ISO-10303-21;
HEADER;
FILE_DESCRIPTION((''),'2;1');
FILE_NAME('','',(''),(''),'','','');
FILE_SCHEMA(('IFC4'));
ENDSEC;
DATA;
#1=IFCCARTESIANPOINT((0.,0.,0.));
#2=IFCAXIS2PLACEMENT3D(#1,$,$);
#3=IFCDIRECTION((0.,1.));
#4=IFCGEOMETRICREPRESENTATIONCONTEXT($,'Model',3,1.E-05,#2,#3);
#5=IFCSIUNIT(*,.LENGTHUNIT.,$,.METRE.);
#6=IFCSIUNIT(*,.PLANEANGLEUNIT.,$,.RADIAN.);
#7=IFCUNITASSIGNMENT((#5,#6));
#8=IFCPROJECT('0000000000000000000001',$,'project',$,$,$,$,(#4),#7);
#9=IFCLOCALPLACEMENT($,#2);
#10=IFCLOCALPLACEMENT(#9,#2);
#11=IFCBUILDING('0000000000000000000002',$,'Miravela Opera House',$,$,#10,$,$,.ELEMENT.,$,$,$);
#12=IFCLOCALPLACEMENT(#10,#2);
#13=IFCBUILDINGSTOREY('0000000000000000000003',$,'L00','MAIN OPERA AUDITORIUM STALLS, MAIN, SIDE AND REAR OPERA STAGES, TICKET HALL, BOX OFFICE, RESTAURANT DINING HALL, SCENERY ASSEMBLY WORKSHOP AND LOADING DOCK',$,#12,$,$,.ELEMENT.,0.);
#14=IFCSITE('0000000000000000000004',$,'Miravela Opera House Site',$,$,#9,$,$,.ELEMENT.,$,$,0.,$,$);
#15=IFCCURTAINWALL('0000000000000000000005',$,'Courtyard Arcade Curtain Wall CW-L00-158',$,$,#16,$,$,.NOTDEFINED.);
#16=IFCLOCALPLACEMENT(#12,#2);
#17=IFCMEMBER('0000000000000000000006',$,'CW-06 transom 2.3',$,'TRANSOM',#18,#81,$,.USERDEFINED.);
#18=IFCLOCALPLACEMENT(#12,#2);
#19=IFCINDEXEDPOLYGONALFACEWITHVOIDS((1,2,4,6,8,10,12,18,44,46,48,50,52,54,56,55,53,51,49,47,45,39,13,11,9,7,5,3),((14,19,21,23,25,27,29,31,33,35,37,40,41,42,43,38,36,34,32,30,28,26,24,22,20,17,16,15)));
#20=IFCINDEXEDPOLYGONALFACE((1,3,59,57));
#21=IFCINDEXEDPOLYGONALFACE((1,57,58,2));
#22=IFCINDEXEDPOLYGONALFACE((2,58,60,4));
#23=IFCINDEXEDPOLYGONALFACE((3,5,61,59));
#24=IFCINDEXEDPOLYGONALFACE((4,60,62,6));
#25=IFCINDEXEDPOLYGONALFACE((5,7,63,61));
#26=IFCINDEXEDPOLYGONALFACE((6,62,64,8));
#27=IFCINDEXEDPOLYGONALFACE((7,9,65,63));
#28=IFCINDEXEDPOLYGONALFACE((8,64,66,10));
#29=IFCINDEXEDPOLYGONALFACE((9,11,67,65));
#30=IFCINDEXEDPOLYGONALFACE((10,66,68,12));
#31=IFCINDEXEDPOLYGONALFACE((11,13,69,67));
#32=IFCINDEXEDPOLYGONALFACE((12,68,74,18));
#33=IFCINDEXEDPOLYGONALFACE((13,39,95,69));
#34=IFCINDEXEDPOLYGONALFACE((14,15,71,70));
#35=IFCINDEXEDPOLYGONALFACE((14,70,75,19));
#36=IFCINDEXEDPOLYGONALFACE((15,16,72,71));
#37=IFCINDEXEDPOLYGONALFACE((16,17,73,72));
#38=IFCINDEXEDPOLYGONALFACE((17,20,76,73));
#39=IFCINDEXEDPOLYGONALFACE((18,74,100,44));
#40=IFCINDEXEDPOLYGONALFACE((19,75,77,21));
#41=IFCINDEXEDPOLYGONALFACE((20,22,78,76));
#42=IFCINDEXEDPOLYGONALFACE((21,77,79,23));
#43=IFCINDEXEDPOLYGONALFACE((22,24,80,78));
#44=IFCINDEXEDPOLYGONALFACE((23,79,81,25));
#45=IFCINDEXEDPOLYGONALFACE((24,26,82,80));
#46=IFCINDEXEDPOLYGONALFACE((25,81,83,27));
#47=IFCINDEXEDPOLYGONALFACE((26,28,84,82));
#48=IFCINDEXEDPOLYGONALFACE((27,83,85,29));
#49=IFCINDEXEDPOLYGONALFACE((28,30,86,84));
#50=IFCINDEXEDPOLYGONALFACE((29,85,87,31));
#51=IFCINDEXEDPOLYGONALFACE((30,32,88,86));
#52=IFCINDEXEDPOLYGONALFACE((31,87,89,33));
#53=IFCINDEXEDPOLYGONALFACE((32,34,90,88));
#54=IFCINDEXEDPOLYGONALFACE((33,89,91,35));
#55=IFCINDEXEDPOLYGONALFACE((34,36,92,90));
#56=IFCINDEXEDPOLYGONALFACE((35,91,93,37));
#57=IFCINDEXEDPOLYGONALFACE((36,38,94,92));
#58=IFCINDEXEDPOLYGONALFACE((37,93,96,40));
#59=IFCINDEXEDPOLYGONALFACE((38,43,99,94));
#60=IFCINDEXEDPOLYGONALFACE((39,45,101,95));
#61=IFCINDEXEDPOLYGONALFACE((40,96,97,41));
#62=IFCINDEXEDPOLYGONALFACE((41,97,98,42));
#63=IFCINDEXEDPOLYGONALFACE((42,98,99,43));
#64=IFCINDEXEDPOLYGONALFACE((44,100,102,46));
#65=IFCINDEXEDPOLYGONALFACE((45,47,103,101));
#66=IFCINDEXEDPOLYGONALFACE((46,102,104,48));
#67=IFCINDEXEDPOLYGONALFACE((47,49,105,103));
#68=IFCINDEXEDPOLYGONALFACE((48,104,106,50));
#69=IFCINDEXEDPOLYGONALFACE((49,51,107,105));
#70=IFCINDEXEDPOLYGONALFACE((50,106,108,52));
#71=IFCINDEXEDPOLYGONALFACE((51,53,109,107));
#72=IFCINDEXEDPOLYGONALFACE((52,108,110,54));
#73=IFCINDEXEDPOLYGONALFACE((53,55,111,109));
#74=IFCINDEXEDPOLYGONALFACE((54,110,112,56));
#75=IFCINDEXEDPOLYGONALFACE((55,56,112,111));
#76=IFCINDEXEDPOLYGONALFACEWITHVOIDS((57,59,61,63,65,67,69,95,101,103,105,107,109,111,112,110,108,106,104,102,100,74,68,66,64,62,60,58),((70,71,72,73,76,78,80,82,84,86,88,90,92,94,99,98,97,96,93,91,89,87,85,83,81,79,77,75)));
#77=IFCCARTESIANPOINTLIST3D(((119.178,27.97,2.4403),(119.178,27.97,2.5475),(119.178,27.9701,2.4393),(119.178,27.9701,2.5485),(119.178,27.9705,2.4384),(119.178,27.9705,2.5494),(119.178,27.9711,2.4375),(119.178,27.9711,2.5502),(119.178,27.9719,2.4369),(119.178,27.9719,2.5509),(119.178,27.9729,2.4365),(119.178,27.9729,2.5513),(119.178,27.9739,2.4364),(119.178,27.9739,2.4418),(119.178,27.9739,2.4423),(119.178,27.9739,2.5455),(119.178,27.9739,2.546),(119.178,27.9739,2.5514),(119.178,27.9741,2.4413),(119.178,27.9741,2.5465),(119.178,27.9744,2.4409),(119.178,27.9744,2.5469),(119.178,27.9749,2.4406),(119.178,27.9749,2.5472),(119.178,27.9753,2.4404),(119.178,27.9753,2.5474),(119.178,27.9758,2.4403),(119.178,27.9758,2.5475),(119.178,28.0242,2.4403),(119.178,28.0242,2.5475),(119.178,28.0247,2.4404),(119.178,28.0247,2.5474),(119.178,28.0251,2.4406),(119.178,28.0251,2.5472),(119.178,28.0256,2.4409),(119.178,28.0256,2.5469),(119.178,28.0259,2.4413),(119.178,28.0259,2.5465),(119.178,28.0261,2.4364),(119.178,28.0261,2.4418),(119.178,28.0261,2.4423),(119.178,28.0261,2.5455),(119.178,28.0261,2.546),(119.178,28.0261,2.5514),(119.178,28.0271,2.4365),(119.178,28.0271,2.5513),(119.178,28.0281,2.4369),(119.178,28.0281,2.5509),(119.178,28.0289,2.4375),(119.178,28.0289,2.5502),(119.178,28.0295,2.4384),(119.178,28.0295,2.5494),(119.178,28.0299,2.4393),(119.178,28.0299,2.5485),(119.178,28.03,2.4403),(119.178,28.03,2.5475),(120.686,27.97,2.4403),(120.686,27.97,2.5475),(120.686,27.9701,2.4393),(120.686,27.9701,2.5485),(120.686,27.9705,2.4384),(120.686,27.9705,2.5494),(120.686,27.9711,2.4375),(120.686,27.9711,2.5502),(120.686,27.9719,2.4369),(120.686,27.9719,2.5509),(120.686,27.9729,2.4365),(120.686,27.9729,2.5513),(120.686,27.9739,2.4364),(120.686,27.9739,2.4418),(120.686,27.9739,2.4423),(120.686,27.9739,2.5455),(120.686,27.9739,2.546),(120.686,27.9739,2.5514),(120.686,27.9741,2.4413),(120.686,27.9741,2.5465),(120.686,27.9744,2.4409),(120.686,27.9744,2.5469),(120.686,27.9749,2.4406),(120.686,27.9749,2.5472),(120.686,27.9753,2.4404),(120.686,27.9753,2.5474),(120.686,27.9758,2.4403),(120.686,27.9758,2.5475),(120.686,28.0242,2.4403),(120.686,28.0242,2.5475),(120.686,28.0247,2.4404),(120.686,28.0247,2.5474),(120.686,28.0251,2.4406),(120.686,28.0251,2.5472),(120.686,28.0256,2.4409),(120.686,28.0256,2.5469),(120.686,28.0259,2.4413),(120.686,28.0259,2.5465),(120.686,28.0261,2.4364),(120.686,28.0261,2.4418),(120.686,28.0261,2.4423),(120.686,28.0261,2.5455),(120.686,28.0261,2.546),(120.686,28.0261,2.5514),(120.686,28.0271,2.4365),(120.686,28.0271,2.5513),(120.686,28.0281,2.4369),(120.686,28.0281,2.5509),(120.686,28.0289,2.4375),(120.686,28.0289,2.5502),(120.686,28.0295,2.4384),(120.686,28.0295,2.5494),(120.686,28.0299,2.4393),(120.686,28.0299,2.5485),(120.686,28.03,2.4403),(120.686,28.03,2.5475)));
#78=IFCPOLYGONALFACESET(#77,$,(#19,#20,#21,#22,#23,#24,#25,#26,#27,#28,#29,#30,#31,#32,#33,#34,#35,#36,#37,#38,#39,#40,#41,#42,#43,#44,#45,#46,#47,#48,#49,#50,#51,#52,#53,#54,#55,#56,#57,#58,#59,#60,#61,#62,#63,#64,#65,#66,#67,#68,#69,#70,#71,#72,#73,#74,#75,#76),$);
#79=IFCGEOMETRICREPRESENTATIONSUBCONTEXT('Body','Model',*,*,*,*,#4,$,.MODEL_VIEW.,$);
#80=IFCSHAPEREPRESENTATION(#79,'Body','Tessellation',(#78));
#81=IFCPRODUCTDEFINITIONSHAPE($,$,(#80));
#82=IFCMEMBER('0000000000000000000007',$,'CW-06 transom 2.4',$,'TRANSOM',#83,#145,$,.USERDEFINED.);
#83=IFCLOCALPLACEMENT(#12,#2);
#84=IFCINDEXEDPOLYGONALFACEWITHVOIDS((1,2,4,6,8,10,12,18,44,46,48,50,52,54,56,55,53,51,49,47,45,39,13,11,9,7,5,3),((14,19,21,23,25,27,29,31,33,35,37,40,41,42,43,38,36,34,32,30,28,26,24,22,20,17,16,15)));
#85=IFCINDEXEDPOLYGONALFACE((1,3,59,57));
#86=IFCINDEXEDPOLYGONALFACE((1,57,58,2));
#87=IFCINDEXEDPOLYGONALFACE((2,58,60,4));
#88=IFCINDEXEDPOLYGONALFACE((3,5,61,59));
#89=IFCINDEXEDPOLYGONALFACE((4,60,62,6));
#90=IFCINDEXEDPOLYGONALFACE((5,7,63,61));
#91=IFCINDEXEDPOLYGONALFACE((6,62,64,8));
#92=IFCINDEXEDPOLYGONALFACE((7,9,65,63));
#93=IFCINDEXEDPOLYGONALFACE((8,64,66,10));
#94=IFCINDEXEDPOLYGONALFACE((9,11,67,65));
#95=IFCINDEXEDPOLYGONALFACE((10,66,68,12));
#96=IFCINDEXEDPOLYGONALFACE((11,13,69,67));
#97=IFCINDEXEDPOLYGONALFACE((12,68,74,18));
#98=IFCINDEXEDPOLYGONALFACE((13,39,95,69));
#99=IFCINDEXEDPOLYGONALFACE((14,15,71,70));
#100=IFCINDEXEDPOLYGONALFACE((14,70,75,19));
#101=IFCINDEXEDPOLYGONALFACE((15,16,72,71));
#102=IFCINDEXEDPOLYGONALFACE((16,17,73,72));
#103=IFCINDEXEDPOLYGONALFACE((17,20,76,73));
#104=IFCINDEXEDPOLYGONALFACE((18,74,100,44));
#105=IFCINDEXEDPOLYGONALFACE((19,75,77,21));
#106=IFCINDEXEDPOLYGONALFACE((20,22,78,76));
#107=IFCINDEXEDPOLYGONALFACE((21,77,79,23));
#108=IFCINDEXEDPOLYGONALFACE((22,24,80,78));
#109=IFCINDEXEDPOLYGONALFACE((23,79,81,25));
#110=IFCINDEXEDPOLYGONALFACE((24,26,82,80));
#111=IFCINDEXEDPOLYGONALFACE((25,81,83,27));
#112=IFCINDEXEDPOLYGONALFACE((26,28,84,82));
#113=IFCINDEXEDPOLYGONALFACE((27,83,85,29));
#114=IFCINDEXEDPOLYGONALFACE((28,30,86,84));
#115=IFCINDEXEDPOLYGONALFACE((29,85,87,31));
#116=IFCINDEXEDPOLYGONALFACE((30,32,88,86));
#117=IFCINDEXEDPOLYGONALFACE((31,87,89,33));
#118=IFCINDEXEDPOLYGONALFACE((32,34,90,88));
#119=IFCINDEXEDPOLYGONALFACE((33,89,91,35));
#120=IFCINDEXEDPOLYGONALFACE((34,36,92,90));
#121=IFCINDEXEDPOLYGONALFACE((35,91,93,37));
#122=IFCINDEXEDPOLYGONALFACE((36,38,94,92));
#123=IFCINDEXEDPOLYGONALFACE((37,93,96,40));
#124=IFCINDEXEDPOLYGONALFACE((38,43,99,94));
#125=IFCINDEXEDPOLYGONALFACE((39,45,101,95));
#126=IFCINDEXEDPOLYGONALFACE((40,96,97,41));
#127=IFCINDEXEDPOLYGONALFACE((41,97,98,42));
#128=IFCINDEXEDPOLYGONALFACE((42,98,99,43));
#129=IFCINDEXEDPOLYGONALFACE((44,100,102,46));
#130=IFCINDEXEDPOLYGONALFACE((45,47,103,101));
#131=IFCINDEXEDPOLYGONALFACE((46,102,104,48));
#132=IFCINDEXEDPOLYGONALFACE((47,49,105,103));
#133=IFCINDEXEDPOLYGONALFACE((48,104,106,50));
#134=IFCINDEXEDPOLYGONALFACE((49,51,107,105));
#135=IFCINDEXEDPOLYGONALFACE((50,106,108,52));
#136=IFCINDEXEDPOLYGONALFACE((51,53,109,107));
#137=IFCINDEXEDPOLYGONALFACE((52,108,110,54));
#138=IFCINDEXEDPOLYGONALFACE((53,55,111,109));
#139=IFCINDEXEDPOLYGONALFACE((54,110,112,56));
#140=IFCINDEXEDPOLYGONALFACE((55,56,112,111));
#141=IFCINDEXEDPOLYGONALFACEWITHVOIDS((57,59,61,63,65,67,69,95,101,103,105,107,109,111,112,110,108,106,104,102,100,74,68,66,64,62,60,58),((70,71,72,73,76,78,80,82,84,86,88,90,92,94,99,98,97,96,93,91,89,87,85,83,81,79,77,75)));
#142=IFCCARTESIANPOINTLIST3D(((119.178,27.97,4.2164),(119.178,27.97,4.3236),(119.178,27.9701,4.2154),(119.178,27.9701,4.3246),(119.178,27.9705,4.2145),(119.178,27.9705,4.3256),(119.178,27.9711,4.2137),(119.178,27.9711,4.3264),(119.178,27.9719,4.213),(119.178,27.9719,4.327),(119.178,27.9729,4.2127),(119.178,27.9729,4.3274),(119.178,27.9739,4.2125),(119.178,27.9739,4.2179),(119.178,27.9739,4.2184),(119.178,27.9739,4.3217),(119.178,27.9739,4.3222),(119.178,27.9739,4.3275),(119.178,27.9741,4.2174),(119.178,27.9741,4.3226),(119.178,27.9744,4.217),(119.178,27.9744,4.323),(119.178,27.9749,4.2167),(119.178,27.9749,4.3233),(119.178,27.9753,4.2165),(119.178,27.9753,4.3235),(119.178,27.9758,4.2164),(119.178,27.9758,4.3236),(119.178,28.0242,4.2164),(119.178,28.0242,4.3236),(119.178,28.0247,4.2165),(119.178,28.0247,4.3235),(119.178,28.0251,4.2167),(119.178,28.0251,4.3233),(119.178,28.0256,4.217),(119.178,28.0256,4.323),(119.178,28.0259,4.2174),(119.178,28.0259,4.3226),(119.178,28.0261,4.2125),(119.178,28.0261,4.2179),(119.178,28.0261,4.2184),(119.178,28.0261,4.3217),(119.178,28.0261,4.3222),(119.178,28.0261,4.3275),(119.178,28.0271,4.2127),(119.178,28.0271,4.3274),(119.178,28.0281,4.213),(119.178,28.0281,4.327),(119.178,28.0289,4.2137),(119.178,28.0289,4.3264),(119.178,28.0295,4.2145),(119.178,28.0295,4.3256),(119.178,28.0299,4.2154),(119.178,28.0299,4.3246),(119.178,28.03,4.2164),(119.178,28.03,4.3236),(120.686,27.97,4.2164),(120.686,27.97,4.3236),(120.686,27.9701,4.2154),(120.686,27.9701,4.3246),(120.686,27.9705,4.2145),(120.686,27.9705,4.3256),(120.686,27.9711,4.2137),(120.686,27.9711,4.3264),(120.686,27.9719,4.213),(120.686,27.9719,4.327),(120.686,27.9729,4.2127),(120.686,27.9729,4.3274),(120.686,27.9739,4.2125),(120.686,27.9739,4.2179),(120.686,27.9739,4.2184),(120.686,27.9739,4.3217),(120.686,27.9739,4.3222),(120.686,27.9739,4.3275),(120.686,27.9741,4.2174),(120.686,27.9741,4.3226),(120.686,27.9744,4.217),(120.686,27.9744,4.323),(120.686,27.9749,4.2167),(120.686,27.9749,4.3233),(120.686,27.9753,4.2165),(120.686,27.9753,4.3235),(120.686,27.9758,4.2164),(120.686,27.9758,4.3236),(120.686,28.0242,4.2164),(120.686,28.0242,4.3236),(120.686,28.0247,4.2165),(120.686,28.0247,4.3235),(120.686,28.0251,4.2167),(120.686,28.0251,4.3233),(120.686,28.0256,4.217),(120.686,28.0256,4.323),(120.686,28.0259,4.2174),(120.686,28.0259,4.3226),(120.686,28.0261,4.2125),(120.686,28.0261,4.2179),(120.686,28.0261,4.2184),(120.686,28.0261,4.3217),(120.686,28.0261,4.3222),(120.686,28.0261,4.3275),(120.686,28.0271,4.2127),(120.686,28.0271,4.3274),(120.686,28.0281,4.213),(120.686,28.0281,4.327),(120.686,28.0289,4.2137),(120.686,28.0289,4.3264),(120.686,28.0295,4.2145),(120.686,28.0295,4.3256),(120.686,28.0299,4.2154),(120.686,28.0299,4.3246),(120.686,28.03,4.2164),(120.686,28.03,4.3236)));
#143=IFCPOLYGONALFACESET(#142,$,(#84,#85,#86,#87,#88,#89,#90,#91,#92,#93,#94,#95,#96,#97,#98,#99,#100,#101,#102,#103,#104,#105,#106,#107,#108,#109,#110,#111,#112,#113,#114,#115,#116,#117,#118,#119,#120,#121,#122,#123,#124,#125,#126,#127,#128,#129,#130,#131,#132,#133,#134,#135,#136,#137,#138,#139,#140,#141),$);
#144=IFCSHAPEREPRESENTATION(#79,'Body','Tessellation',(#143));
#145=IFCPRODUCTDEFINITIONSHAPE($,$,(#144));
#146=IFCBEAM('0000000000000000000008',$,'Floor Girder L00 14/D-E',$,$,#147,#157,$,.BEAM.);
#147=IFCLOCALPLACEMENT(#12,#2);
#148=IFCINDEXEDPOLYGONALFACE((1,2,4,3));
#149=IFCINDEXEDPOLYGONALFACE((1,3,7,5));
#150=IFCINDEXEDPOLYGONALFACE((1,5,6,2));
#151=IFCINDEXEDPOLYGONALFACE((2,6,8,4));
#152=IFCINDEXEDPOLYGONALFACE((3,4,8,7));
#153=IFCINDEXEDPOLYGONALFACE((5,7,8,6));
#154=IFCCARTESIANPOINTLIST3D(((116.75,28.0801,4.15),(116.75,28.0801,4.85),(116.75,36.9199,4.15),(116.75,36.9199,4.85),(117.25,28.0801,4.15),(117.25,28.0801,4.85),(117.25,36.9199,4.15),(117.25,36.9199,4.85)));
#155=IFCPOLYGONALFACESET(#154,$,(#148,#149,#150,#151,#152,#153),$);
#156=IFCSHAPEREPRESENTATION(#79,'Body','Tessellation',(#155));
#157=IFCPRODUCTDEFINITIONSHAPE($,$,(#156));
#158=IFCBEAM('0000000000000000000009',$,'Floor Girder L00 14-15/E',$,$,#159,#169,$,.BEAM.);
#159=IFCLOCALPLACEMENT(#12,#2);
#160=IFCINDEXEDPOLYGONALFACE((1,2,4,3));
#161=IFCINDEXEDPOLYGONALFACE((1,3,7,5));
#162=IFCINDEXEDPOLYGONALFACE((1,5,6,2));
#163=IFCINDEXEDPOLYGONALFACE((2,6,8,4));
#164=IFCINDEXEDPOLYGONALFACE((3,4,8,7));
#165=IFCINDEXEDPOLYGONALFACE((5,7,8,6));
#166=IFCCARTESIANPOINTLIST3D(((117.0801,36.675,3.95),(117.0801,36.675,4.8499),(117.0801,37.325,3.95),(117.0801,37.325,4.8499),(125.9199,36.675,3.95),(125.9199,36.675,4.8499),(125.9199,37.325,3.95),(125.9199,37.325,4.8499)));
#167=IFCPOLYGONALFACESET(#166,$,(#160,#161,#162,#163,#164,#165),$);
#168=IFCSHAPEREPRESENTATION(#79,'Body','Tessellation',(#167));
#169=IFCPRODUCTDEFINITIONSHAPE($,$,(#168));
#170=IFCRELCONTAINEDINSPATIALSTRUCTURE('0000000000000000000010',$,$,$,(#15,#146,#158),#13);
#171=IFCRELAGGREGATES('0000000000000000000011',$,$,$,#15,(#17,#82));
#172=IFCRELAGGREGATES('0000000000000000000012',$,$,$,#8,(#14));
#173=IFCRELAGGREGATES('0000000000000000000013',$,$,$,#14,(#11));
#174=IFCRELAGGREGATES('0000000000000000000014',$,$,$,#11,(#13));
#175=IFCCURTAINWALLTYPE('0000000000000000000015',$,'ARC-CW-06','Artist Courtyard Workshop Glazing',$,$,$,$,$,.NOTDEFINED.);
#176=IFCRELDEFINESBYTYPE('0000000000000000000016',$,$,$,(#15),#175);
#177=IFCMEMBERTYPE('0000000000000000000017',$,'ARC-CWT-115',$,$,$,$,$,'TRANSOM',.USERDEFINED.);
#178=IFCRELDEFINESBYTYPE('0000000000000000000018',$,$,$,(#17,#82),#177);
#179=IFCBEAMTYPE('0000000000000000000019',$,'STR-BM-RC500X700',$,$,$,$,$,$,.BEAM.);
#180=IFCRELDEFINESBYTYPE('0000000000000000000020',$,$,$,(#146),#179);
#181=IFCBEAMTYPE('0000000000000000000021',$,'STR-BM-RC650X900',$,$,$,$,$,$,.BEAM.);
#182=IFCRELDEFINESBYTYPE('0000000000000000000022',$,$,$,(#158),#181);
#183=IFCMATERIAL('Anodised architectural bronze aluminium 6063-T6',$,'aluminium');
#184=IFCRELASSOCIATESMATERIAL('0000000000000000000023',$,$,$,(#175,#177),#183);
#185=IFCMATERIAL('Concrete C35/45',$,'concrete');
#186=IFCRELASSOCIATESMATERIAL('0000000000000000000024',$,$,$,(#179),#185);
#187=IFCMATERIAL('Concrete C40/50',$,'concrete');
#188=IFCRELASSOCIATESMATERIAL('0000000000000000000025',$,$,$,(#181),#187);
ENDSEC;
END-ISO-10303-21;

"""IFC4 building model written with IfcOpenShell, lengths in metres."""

from ifc_helpers import new_model, si_unit, direction, frame, origin, origin_2d, place, context, subcontext, project, spatial, rectangle, hollow_rectangle, extrude, material, material_profile, profile_set, type_object, element, aggregate, save


model = new_model("IFC4")

# Units and contexts
model_context = context("Model", 3, precision=1e-05, world=origin(), true_north=direction((0.0, 1.0)))
body_context = subcontext(model_context, "Body", "Model", "MODEL_VIEW")
ifc_project = project(units=[si_unit("LENGTHUNIT", "METRE"), si_unit("PLANEANGLEUNIT", "RADIAN")], contexts=[model_context])

# Site, building, storey
site_placement = place(None, origin())
site = spatial("IfcSite", under=ifc_project, at=site_placement, Name="Miravela Opera House Site", CompositionType="ELEMENT", RefElevation=0.0)
building_placement = place(site_placement, origin())
building = spatial("IfcBuilding", under=site, at=building_placement, Name="Miravela Opera House", CompositionType="ELEMENT")
storey_placement = place(building_placement, origin())
storey = spatial("IfcBuildingStorey", under=building, at=storey_placement, Name="L00", Description="MAIN OPERA AUDITORIUM STALLS, MAIN, SIDE AND REAR OPERA STAGES, TICKET HALL, BOX OFFICE, RESTAURANT DINING HALL, SCENERY ASSEMBLY WORKSHOP AND LOADING DOCK", CompositionType="ELEMENT", Elevation=0.0)

# Shared definitions
ifc_material_1 = material(Name="Concrete C40/50", Category="concrete")

# Curtain wall, members
ifc_material_2 = material(Name="Anodised architectural bronze aluminium 6063-T6", Category="aluminium")
curtain_wall_type = type_object("IfcCurtainWallType", Name="ARC-CW-06", Description="Artist Courtyard Workshop Glazing", PredefinedType="NOTDEFINED", material=ifc_material_2)
curtain_wall_placement = place(storey_placement, origin())
curtain_wall = element("IfcCurtainWall", 1, at=curtain_wall_placement, inside=storey, type_object=curtain_wall_type, Name="Courtyard Arcade Curtain Wall CW-L00-158", PredefinedType="NOTDEFINED")
ifc_material_profile_1 = material_profile(ifc_material_2, hollow_rectangle(XDim=0.0601, YDim=0.115, WallThickness=0.0039, InnerFilletRadius=0.002, OuterFilletRadius=0.0039, at=origin_2d()), Name="CWT-60X115")
ifc_profile_set_1 = profile_set([ifc_material_profile_1])
member_type_1 = type_object("IfcMemberType", Name="ARC-CWT-115", ElementType="TRANSOM", PredefinedType="USERDEFINED", material=ifc_profile_set_1)
member_1_placement = place(storey_placement, frame((119.178, 28.0, 2.4939), z_axis=(1.0, 0.0, 0.0), x_axis=(0.0, 1.0, 0.0)))
member_1 = element("IfcMember", 2, at=member_1_placement, type_object=member_type_1, Name="CW-06 transom 2.3", ObjectType="TRANSOM", PredefinedType="USERDEFINED", context=body_context, shape_type="SweptSolid", body=[
    extrude(hollow_rectangle(XDim=0.0601, YDim=0.115, WallThickness=0.0039, InnerFilletRadius=0.002, OuterFilletRadius=0.0039, at=origin_2d()), origin(), (0.0, 0.0, 1.0), 1.5081),
])
member_2_placement = place(storey_placement, frame((119.178, 28.0, 4.27), z_axis=(1.0, 0.0, 0.0), x_axis=(0.0, 1.0, 0.0)))
member_2 = element("IfcMember", 3, at=member_2_placement, type_object=member_type_1, Name="CW-06 transom 2.4", ObjectType="TRANSOM", PredefinedType="USERDEFINED", context=body_context, shape_type="SweptSolid", body=[
    extrude(hollow_rectangle(XDim=0.0601, YDim=0.115, WallThickness=0.0039, InnerFilletRadius=0.002, OuterFilletRadius=0.0039, at=origin_2d()), origin(), (0.0, 0.0, 1.0), 1.5081),
])

# Beams
ifc_material_3 = material(Name="Concrete C35/45", Category="concrete")
ifc_material_profile_2 = material_profile(ifc_material_3, rectangle(XDim=0.5, YDim=0.7, at=origin_2d()), Name="RC-BM-500X700")
ifc_profile_set_2 = profile_set([ifc_material_profile_2])
beam_type_1 = type_object("IfcBeamType", Name="STR-BM-RC500X700", PredefinedType="BEAM", material=ifc_profile_set_2)
beam_1_placement = place(storey_placement, frame((117.0, 28.0801, 4.5), z_axis=(0.0, 1.0, 0.0), x_axis=(-1.0, 0.0, 0.0)))
element("IfcBeam", 4, at=beam_1_placement, inside=storey, type_object=beam_type_1, Name="Floor Girder L00 14/D-E", PredefinedType="BEAM", context=body_context, shape_type="SweptSolid", body=[
    extrude(rectangle(XDim=0.5, YDim=0.7, at=origin_2d()), origin(), (0.0, 0.0, 1.0), 8.8398),
])
ifc_material_profile_3 = material_profile(ifc_material_1, rectangle(XDim=0.6499, YDim=0.8999, at=origin_2d()), Name="RC-BM-650X900")
ifc_profile_set_3 = profile_set([ifc_material_profile_3])
beam_type_2 = type_object("IfcBeamType", Name="STR-BM-RC650X900", PredefinedType="BEAM", material=ifc_profile_set_3)
beam_2_placement = place(storey_placement, frame((117.0801, 37.0, 4.3999), z_axis=(1.0, 0.0, 0.0), x_axis=(0.0, 1.0, 0.0)))
element("IfcBeam", 5, at=beam_2_placement, inside=storey, type_object=beam_type_2, Name="Floor Girder L00 14-15/E", PredefinedType="BEAM", context=body_context, shape_type="SweptSolid", body=[
    extrude(rectangle(XDim=0.6499, YDim=0.8999, at=origin_2d()), origin(), (0.0, 0.0, 1.0), 8.8398),
])

aggregate(curtain_wall, [member_1, member_2])

save(model, "model.ifc")
